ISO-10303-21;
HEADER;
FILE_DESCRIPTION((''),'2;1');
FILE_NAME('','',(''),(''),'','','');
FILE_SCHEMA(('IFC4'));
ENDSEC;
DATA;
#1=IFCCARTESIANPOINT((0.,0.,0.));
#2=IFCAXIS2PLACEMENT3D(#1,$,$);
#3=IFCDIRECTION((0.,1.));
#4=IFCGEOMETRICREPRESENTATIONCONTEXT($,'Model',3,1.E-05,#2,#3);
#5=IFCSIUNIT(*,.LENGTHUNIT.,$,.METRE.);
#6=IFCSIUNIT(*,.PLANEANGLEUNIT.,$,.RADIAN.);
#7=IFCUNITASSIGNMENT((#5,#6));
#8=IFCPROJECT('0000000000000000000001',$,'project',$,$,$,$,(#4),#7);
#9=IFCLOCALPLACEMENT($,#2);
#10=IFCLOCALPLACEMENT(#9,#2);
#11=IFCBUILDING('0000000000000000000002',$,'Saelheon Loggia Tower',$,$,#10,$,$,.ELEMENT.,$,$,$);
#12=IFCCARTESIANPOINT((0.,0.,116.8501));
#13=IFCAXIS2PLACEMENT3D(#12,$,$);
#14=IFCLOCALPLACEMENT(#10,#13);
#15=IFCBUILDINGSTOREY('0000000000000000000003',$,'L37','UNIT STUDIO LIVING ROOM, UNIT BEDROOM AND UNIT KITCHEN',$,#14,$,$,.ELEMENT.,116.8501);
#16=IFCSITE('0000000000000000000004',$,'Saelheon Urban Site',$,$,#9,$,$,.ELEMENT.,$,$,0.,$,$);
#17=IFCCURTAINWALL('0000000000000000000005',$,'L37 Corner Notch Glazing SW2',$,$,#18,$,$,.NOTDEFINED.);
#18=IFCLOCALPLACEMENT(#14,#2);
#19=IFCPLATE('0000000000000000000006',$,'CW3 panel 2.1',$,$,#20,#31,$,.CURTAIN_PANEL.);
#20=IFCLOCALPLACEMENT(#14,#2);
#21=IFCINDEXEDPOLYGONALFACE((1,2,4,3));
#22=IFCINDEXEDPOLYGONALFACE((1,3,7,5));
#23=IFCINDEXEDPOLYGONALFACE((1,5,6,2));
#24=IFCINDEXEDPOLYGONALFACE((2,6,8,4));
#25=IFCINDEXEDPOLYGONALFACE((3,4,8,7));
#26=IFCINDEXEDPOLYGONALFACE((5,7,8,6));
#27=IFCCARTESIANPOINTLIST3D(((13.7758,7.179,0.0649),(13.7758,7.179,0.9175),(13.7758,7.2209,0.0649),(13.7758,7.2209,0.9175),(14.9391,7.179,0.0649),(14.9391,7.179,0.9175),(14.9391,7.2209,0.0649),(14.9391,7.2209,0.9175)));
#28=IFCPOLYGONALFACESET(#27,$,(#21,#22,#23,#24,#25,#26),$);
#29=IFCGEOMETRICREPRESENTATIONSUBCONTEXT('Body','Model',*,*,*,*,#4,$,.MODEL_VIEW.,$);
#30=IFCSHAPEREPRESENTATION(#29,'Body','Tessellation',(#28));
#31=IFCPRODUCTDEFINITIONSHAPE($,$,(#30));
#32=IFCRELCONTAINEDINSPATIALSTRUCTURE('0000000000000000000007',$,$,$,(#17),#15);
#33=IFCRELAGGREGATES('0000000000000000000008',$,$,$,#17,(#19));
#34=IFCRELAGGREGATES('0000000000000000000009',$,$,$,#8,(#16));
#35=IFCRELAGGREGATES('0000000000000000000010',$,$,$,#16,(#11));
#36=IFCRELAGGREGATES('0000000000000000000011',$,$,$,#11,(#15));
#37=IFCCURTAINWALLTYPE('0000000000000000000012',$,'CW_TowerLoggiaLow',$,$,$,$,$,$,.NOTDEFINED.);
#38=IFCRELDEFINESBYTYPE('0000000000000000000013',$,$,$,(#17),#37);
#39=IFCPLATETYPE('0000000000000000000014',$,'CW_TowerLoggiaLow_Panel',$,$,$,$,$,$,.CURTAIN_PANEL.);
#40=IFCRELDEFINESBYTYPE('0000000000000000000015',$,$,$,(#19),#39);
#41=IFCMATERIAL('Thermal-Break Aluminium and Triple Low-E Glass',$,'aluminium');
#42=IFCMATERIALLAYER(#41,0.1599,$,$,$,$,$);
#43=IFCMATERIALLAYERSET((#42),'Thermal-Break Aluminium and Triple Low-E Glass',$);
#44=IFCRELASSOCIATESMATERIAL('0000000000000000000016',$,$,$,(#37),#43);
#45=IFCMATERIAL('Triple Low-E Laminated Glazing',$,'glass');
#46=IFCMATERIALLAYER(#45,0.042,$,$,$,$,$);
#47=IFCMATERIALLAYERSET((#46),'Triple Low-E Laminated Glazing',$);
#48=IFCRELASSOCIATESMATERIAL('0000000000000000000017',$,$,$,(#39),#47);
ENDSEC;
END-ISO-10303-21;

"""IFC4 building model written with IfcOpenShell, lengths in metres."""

from ifc_helpers import new_model, si_unit, direction, frame, origin, origin_2d, place, context, subcontext, project, spatial, rectangle, extrude, source, transform, mapped, material, layer, layer_set, type_object, element, aggregate, save


model = new_model("IFC4")

# Units and contexts
model_context = context("Model", 3, precision=1e-05, world=origin(), true_north=direction((0.0, 1.0)))
body_context = subcontext(model_context, "Body", "Model", "MODEL_VIEW")
ifc_project = project(units=[si_unit("LENGTHUNIT", "METRE"), si_unit("PLANEANGLEUNIT", "RADIAN")], contexts=[model_context])

# Site, building, storey
site_placement = place(None, origin())
site = spatial("IfcSite", under=ifc_project, at=site_placement, Name="Saelheon Urban Site", CompositionType="ELEMENT", RefElevation=0.0)
building_placement = place(site_placement, origin())
building = spatial("IfcBuilding", under=site, at=building_placement, Name="Saelheon Loggia Tower", CompositionType="ELEMENT")
storey_placement = place(building_placement, frame((0.0, 0.0, 116.8501)))
storey = spatial("IfcBuildingStorey", under=building, at=storey_placement, Name="L37", Description="UNIT STUDIO LIVING ROOM, UNIT BEDROOM AND UNIT KITCHEN", CompositionType="ELEMENT", Elevation=116.8501)

# Curtain wall, plate
ifc_material_1 = material(Name="Thermal-Break Aluminium and Triple Low-E Glass", Category="aluminium")
ifc_layer_1 = layer(ifc_material_1, 0.1599)
ifc_layer_set_1 = layer_set([ifc_layer_1], Name="Thermal-Break Aluminium and Triple Low-E Glass")
curtain_wall_type = type_object("IfcCurtainWallType", Name="CW_TowerLoggiaLow", PredefinedType="NOTDEFINED", material=ifc_layer_set_1)
curtain_wall_placement = place(storey_placement, origin())
curtain_wall = element("IfcCurtainWall", 1, at=curtain_wall_placement, inside=storey, type_object=curtain_wall_type, Name="L37 Corner Notch Glazing SW2", PredefinedType="NOTDEFINED")
ifc_material_2 = material(Name="Triple Low-E Laminated Glazing", Category="glass")
ifc_layer_2 = layer(ifc_material_2, 0.042)
ifc_layer_set_2 = layer_set([ifc_layer_2], Name="Triple Low-E Laminated Glazing")
plate_type = type_object("IfcPlateType", Name="CW_TowerLoggiaLow_Panel", PredefinedType="CURTAIN_PANEL", material=ifc_layer_set_2)
shared_shape_1 = source(origin(), body_context, "Body", "SweptSolid", [
    extrude(rectangle(XDim=1.1633, YDim=0.042, at=origin_2d()), origin(), (0.0, 0.0, 1.0), 0.8525),
])
plate_1_placement = place(storey_placement, frame((14.3574, 7.2, 0.0649), z_axis=(0.0, 0.0, 1.0), x_axis=(1.0, 0.0, 0.0)))
plate_1 = element("IfcPlate", 2, at=plate_1_placement, type_object=plate_type, Name="CW3 panel 2.1", PredefinedType="CURTAIN_PANEL", context=body_context, shape_type="MappedRepresentation", body=[
    mapped(shared_shape_1, transform((0.0, 0.0, 0.0), scale=1.0)),
])
aggregate(curtain_wall, [plate_1])

save(model, "model.ifc")
